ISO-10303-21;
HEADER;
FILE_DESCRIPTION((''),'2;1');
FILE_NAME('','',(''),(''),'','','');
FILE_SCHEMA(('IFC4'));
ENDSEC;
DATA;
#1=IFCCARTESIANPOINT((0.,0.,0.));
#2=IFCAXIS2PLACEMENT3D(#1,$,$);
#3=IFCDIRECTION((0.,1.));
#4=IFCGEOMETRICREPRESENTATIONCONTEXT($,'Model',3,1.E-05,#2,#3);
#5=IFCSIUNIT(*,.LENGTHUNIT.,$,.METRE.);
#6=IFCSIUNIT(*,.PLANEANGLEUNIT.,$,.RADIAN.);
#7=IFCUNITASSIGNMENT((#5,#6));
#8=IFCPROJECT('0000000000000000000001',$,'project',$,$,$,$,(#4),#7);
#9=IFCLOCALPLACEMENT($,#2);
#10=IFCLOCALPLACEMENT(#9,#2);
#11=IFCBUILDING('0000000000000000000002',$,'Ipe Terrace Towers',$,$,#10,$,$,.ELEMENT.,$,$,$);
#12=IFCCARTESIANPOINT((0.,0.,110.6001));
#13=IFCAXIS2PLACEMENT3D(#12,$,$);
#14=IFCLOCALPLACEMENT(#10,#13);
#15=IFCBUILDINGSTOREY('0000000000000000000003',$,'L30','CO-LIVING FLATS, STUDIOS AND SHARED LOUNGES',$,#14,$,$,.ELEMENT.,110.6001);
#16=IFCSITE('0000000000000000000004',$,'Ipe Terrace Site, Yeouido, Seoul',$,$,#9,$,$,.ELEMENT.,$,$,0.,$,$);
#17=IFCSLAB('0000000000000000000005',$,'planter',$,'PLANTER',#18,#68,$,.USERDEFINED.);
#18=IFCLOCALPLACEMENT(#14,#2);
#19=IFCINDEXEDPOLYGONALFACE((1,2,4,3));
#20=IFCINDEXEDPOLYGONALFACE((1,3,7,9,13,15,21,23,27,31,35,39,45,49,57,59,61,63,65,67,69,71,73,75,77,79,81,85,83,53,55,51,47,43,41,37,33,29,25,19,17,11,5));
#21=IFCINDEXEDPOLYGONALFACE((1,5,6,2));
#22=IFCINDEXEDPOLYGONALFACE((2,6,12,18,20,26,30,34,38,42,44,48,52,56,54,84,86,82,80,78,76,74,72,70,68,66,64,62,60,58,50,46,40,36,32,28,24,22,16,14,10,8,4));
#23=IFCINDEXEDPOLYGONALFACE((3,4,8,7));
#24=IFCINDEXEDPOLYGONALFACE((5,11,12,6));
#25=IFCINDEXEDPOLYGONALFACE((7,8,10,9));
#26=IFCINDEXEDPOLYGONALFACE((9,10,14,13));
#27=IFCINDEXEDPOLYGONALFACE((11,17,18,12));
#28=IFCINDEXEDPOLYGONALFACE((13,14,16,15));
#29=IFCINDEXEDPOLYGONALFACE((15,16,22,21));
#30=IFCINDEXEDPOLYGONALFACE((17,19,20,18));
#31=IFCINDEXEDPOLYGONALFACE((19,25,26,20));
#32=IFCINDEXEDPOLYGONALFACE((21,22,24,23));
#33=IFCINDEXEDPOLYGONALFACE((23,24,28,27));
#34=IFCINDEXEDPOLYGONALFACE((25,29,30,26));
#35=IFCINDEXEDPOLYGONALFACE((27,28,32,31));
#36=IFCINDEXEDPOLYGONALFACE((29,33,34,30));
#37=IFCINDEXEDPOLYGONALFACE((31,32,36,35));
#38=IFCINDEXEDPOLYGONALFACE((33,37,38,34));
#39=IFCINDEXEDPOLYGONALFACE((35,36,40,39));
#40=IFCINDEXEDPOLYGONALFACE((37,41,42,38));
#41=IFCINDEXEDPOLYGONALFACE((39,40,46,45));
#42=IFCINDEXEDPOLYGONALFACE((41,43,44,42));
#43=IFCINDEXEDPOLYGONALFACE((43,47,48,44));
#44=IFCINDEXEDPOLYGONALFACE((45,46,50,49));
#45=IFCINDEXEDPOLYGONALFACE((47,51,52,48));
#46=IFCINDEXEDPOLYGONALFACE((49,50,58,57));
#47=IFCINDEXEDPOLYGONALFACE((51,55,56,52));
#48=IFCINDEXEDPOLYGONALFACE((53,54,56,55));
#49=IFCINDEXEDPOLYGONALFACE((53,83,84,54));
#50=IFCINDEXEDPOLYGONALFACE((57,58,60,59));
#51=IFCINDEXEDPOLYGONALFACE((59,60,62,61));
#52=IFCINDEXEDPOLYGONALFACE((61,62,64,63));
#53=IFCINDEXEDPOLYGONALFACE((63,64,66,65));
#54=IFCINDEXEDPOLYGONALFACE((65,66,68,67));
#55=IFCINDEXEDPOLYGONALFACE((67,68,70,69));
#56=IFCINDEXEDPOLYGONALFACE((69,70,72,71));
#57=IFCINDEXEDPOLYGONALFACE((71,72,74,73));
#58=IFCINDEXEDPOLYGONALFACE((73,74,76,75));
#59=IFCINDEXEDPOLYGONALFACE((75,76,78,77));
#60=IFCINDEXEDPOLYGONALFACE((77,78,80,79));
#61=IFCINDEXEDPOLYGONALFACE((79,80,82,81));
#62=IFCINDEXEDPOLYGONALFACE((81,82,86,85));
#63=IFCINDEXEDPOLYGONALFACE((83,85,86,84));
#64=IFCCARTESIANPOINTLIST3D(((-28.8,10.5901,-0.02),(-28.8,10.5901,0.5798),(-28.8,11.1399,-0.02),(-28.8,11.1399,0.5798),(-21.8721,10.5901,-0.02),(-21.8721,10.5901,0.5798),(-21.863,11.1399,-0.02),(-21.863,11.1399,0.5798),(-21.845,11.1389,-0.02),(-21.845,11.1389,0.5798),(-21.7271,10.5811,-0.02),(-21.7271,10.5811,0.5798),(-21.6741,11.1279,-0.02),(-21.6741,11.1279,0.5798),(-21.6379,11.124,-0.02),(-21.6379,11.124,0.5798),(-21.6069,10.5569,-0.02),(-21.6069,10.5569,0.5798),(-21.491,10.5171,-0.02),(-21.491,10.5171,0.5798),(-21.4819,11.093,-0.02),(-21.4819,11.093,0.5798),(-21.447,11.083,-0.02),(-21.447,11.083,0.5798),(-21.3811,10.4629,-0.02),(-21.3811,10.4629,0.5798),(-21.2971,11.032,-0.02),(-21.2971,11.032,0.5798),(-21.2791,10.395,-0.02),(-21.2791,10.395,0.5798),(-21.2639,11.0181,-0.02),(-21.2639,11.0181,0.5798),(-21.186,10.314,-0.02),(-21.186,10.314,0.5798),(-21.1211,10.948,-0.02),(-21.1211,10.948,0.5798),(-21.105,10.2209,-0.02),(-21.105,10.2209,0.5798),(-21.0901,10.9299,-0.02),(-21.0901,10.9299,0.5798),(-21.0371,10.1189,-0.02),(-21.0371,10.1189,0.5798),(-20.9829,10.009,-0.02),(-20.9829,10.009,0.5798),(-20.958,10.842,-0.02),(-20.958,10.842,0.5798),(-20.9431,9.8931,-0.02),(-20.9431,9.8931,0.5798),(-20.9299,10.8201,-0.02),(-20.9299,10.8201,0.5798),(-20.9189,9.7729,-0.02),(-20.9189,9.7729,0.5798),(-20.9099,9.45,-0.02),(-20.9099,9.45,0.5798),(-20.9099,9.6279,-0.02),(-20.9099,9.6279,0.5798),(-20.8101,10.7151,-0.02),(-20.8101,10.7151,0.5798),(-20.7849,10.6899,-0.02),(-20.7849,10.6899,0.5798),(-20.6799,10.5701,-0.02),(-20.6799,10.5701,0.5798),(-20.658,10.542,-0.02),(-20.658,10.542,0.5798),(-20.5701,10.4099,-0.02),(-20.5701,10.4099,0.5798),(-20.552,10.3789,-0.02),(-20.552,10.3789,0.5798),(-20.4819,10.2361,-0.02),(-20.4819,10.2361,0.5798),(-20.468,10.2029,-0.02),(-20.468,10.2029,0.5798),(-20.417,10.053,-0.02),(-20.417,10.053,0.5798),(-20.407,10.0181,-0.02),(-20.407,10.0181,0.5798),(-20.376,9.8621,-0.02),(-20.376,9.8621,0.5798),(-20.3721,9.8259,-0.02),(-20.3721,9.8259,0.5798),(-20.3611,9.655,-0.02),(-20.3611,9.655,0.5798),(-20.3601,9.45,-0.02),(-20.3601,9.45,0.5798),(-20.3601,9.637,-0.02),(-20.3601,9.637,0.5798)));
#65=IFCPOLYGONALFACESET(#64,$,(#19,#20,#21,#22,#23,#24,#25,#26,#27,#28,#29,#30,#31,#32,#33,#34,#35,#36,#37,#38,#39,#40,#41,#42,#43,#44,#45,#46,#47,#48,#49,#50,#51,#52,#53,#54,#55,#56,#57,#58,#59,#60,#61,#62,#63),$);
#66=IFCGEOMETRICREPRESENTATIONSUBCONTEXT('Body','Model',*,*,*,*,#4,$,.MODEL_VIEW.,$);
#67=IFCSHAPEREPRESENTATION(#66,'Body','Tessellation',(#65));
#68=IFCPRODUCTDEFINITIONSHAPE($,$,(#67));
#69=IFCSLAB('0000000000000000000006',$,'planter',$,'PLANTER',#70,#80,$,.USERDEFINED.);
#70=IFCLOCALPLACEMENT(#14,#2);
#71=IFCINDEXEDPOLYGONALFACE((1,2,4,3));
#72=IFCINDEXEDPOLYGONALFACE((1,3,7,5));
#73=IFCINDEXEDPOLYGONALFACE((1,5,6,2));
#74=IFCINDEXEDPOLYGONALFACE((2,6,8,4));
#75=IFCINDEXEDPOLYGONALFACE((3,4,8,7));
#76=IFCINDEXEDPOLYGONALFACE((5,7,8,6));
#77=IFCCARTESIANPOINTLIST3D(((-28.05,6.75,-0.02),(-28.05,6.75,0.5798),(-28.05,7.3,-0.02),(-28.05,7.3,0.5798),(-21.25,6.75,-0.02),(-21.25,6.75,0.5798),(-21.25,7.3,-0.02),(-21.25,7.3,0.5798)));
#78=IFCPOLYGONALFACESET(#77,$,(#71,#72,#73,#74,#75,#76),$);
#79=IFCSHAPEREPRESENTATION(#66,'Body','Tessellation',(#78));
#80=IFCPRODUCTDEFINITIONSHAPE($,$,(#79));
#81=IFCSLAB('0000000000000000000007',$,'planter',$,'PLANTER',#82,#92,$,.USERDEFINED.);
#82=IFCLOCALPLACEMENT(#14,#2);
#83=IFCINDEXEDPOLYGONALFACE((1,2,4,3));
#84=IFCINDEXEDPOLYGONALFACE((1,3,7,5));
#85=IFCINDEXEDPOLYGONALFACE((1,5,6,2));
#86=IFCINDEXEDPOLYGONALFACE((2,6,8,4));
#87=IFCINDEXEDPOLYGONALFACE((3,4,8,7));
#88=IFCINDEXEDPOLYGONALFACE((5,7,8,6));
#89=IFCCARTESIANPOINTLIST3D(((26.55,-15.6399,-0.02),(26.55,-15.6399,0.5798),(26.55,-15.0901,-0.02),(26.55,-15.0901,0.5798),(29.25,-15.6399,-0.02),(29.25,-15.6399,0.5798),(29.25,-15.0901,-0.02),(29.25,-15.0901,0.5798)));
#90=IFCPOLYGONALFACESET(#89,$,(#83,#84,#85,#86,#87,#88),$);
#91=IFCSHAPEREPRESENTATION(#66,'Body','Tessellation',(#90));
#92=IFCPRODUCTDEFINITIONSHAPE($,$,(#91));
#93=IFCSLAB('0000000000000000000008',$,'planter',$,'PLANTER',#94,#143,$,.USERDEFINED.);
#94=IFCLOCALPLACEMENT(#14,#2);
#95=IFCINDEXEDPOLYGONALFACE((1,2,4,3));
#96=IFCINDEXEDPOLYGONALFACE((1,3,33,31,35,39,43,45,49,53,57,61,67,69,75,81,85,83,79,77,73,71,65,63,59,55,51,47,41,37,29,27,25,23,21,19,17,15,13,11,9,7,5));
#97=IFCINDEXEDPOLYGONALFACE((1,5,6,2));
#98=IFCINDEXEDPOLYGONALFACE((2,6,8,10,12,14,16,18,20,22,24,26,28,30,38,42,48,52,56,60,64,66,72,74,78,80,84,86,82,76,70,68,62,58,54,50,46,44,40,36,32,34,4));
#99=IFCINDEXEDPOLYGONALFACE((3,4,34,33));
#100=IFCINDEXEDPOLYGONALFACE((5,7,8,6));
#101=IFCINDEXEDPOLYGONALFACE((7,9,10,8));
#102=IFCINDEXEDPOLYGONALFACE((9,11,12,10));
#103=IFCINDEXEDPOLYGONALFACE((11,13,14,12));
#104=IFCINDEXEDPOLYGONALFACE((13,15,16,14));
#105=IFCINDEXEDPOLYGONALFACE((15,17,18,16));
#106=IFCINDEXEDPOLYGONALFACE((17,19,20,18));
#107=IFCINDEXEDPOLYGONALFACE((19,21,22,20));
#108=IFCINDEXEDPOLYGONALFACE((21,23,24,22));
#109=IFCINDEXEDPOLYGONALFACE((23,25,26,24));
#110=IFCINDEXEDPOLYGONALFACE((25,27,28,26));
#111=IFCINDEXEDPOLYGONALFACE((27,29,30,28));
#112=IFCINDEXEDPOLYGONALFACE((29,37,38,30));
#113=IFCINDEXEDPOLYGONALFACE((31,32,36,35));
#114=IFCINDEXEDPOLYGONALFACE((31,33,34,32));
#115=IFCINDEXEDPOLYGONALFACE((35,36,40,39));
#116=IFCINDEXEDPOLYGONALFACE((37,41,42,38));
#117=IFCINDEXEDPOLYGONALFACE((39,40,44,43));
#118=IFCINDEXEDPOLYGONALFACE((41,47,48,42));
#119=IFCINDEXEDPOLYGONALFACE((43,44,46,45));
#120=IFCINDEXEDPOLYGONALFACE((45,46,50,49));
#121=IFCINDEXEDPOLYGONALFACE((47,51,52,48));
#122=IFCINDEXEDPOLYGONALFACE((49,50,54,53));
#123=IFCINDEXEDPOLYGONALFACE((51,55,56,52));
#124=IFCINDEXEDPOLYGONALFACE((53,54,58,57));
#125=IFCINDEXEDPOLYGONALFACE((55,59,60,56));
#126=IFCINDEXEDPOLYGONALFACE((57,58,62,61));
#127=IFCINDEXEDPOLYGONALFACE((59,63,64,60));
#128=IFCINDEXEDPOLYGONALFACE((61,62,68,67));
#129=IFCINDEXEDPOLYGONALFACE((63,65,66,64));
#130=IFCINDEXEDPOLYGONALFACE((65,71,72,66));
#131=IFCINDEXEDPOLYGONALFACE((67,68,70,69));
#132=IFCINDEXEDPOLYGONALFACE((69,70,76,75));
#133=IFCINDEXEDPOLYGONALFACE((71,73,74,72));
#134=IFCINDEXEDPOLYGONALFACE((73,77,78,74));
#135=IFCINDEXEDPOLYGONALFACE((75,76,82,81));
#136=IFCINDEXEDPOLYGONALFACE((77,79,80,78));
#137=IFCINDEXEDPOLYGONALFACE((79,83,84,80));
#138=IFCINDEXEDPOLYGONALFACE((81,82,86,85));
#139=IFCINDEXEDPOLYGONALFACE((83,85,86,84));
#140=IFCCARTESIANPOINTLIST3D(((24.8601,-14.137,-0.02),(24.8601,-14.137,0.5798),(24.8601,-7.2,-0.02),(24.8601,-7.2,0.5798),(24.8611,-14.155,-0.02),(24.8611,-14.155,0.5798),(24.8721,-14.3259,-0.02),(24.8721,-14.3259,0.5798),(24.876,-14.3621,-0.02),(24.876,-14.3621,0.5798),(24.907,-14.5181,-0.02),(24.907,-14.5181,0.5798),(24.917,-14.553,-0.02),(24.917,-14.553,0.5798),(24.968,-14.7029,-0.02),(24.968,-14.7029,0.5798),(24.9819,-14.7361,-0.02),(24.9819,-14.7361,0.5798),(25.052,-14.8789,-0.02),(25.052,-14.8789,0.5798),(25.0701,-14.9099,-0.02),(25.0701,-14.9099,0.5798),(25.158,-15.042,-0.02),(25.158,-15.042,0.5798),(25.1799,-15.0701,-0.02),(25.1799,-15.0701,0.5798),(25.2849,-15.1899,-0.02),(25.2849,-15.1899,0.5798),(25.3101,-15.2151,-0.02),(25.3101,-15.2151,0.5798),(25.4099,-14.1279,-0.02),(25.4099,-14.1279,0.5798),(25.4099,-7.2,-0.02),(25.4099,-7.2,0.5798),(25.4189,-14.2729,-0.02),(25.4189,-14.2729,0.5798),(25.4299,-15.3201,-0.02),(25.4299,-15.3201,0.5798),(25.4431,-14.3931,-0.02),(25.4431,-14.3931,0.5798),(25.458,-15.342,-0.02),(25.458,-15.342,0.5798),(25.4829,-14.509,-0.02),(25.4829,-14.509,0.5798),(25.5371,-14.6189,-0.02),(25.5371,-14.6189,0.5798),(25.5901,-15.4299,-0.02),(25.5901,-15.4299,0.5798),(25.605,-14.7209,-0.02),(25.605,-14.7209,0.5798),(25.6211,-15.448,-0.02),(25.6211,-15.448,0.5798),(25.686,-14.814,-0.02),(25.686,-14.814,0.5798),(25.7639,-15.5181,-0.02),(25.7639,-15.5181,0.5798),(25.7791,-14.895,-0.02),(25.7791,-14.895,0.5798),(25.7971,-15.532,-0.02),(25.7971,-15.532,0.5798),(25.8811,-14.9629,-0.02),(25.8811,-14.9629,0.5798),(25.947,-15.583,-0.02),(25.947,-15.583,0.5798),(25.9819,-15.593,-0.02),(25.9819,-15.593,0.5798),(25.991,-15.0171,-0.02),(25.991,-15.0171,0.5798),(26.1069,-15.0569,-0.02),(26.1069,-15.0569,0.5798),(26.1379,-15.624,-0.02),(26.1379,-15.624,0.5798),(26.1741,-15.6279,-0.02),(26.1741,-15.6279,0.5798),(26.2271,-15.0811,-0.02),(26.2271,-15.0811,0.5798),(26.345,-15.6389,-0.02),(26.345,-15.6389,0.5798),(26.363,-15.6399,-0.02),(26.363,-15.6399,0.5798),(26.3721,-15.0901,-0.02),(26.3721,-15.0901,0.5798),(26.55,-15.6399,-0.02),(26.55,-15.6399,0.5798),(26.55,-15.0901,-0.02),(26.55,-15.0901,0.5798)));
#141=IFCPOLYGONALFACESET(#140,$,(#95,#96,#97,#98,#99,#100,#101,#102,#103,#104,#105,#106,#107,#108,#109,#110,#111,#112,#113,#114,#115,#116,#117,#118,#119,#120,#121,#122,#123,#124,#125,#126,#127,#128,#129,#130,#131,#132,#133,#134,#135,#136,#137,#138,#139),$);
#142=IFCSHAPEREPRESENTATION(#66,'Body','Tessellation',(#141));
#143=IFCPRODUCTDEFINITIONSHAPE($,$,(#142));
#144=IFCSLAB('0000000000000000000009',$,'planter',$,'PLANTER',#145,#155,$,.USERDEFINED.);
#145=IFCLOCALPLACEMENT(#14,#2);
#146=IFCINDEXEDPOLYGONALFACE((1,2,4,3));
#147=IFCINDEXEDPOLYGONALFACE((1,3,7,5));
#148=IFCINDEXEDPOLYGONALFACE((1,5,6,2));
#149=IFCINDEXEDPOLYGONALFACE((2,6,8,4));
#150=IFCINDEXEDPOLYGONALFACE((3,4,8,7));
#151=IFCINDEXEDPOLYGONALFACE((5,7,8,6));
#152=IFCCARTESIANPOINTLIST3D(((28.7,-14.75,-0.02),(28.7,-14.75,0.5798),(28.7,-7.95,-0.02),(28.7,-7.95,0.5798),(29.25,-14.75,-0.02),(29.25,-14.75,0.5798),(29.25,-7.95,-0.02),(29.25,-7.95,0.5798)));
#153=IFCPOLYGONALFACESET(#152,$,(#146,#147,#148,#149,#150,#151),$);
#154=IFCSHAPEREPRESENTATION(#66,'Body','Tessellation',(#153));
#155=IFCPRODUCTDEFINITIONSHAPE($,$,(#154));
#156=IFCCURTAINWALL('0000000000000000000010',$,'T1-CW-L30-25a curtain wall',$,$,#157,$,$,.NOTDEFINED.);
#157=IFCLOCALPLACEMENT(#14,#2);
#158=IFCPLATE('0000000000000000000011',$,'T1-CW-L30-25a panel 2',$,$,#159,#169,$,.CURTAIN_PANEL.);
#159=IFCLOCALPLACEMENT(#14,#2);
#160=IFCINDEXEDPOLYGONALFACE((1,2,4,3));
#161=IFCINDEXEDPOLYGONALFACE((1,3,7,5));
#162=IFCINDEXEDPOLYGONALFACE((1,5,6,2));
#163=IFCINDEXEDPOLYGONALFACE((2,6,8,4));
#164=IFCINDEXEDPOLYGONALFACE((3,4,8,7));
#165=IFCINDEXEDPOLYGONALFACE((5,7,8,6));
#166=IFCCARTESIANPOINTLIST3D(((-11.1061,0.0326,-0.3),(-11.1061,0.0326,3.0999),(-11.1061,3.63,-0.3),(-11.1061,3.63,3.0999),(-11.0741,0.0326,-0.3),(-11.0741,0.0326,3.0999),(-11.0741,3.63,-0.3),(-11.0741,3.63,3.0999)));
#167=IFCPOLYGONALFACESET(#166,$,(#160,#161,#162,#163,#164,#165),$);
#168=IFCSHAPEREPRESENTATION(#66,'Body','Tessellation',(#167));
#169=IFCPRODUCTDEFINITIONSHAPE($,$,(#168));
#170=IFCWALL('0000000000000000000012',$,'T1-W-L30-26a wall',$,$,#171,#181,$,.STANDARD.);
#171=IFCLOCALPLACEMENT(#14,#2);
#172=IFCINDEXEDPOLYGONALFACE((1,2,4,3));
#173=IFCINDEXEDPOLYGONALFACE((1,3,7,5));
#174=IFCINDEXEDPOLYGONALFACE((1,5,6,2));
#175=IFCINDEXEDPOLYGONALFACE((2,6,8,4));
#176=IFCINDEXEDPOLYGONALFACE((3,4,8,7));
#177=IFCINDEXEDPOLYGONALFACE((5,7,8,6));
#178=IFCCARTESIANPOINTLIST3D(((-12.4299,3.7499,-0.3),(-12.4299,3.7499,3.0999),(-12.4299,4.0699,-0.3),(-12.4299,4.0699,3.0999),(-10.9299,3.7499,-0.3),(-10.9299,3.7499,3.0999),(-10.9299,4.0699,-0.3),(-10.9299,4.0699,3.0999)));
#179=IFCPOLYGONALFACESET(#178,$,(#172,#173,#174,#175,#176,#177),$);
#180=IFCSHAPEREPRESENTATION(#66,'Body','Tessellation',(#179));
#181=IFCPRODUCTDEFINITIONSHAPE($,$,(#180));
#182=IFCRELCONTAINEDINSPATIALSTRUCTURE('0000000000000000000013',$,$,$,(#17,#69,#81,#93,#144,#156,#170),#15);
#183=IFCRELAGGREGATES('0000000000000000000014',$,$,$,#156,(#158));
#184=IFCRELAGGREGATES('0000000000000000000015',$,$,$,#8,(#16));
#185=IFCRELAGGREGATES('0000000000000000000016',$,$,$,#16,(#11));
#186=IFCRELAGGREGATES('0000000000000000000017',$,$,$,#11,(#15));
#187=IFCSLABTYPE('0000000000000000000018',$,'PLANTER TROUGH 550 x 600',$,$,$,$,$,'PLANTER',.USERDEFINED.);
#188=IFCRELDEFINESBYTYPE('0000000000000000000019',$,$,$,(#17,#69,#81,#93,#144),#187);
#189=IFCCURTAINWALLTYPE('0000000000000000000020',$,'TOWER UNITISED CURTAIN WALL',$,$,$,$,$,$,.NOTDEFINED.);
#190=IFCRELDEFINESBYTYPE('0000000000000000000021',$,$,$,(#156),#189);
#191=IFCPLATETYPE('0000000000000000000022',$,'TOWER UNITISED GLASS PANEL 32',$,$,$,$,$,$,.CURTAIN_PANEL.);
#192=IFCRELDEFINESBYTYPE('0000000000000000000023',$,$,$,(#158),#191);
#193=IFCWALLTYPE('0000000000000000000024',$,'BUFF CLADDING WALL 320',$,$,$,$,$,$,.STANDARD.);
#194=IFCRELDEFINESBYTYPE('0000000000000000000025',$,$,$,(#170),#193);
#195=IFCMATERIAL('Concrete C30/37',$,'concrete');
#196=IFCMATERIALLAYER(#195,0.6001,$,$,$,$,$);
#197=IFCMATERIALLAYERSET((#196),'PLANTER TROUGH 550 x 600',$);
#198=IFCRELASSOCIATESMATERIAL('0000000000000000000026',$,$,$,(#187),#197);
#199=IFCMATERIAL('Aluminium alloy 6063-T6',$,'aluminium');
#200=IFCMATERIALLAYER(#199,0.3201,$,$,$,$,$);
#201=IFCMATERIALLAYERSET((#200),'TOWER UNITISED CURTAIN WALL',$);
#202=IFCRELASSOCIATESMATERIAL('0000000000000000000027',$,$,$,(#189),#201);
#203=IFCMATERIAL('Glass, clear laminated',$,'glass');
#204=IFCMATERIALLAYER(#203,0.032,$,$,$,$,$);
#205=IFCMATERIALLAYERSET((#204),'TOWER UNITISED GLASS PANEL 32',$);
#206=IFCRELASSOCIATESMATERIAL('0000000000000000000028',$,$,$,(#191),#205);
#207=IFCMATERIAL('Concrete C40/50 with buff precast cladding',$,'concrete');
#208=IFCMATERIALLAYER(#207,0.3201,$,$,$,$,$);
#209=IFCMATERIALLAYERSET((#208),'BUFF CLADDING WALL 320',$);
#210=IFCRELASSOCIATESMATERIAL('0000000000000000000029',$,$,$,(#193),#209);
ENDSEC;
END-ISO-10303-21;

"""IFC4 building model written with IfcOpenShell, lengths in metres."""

from ifc_helpers import new_model, si_unit, direction, frame, frame_2d, origin, origin_2d, place, context, subcontext, project, spatial, polyline, rectangle, outline, extrude, material, layer, layer_set, type_object, element, aggregate, save


model = new_model("IFC4")

# Units and contexts
model_context = context("Model", 3, precision=1e-05, world=origin(), true_north=direction((0.0, 1.0)))
body_context = subcontext(model_context, "Body", "Model", "MODEL_VIEW")
ifc_project = project(units=[si_unit("LENGTHUNIT", "METRE"), si_unit("PLANEANGLEUNIT", "RADIAN")], contexts=[model_context])

# Site, building, storey
site_placement = place(None, origin())
site = spatial("IfcSite", under=ifc_project, at=site_placement, Name="Ipe Terrace Site, Yeouido, Seoul", CompositionType="ELEMENT", RefElevation=0.0)
building_placement = place(site_placement, origin())
building = spatial("IfcBuilding", under=site, at=building_placement, Name="Ipe Terrace Towers", CompositionType="ELEMENT")
storey_placement = place(building_placement, frame((0.0, 0.0, 110.6001)))
storey = spatial("IfcBuildingStorey", under=building, at=storey_placement, Name="L30", Description="CO-LIVING FLATS, STUDIOS AND SHARED LOUNGES", CompositionType="ELEMENT", Elevation=110.6001)

# Slabs
ifc_material_1 = material(Name="Concrete C30/37", Category="concrete")
ifc_layer_1 = layer(ifc_material_1, 0.6001)
ifc_layer_set_1 = layer_set([ifc_layer_1], Name="PLANTER TROUGH 550 x 600")
slab_type_1 = type_object("IfcSlabType", Name="PLANTER TROUGH 550 x 600", ElementType="PLANTER", PredefinedType="USERDEFINED", material=ifc_layer_set_1)
slab_1_placement = place(storey_placement, frame((0.0, 0.0, -0.02)))
element("IfcSlab", 1, at=slab_1_placement, inside=storey, type_object=slab_type_1, Name="planter", ObjectType="PLANTER", PredefinedType="USERDEFINED", context=body_context, shape_type="SweptSolid", body=[
    extrude(outline(polyline([(-20.9431, 9.8931), (-20.9189, 9.7729), (-20.9099, 9.6279), (-20.9099, 9.45), (-20.3601, 9.45), (-20.3601, 9.637), (-20.3611, 9.655), (-20.3721, 9.8259), (-20.376, 9.8621), (-20.407, 10.0181), (-20.417, 10.053), (-20.468, 10.2029), (-20.4819, 10.2361), (-20.552, 10.3789), (-20.5701, 10.4099), (-20.658, 10.542), (-20.6799, 10.5701), (-20.7849, 10.6899), (-20.8101, 10.7151), (-20.9299, 10.8201), (-20.958, 10.842), (-21.0901, 10.9299), (-21.1211, 10.948), (-21.2639, 11.0181), (-21.2971, 11.032), (-21.447, 11.083), (-21.4819, 11.093), (-21.6379, 11.124), (-21.6741, 11.1279), (-21.845, 11.1389), (-21.863, 11.1399), (-28.8, 11.1399), (-28.8, 10.5901), (-21.8721, 10.5901), (-21.7271, 10.5811), (-21.6069, 10.5569), (-21.491, 10.5171), (-21.3811, 10.4629), (-21.2791, 10.395), (-21.186, 10.314), (-21.105, 10.2209), (-21.0371, 10.1189), (-20.9829, 10.009), (-20.9431, 9.8931)])), origin(), (0.0, 0.0, 1.0), 0.5999),
])
slab_2_placement = place(storey_placement, frame((0.0, 0.0, -0.02)))
element("IfcSlab", 2, at=slab_2_placement, inside=storey, type_object=slab_type_1, Name="planter", ObjectType="PLANTER", PredefinedType="USERDEFINED", context=body_context, shape_type="SweptSolid", body=[
    extrude(outline(polyline([(-28.05, 6.75), (-21.25, 6.75), (-21.25, 7.3), (-28.05, 7.3), (-28.05, 6.75)])), origin(), (0.0, 0.0, 1.0), 0.5999),
])
slab_3_placement = place(storey_placement, frame((0.0, 0.0, -0.02)))
element("IfcSlab", 3, at=slab_3_placement, inside=storey, type_object=slab_type_1, Name="planter", ObjectType="PLANTER", PredefinedType="USERDEFINED", context=body_context, shape_type="SweptSolid", body=[
    extrude(outline(polyline([(29.25, -15.6399), (29.25, -15.0901), (26.55, -15.0901), (26.55, -15.6399), (29.25, -15.6399)])), origin(), (0.0, 0.0, 1.0), 0.5999),
])
slab_4_placement = place(storey_placement, frame((0.0, 0.0, -0.02)))
element("IfcSlab", 4, at=slab_4_placement, inside=storey, type_object=slab_type_1, Name="planter", ObjectType="PLANTER", PredefinedType="USERDEFINED", context=body_context, shape_type="SweptSolid", body=[
    extrude(outline(polyline([(26.1069, -15.0569), (25.991, -15.0171), (25.8811, -14.9629), (25.7791, -14.895), (25.686, -14.814), (25.605, -14.7209), (25.5371, -14.6189), (25.4829, -14.509), (25.4431, -14.3931), (25.4189, -14.2729), (25.4099, -14.1279), (25.4099, -7.2), (24.8601, -7.2), (24.8601, -14.137), (24.8611, -14.155), (24.8721, -14.3259), (24.876, -14.3621), (24.907, -14.5181), (24.917, -14.553), (24.968, -14.7029), (24.9819, -14.7361), (25.052, -14.8789), (25.0701, -14.9099), (25.158, -15.042), (25.1799, -15.0701), (25.2849, -15.1899), (25.3101, -15.2151), (25.4299, -15.3201), (25.458, -15.342), (25.5901, -15.4299), (25.6211, -15.448), (25.7639, -15.5181), (25.7971, -15.532), (25.947, -15.583), (25.9819, -15.593), (26.1379, -15.624), (26.1741, -15.6279), (26.345, -15.6389), (26.363, -15.6399), (26.55, -15.6399), (26.55, -15.0901), (26.3721, -15.0901), (26.2271, -15.0811), (26.1069, -15.0569)])), origin(), (0.0, 0.0, 1.0), 0.5999),
])
slab_5_placement = place(storey_placement, frame((0.0, 0.0, -0.02)))
element("IfcSlab", 5, at=slab_5_placement, inside=storey, type_object=slab_type_1, Name="planter", ObjectType="PLANTER", PredefinedType="USERDEFINED", context=body_context, shape_type="SweptSolid", body=[
    extrude(outline(polyline([(29.25, -7.95), (28.7, -7.95), (28.7, -14.75), (29.25, -14.75), (29.25, -7.95)])), origin(), (0.0, 0.0, 1.0), 0.5999),
])

# Curtain wall, plate
ifc_material_2 = material(Name="Aluminium alloy 6063-T6", Category="aluminium")
ifc_layer_2 = layer(ifc_material_2, 0.3201)
ifc_layer_set_2 = layer_set([ifc_layer_2], Name="TOWER UNITISED CURTAIN WALL")
curtain_wall_type = type_object("IfcCurtainWallType", Name="TOWER UNITISED CURTAIN WALL", PredefinedType="NOTDEFINED", material=ifc_layer_set_2)
curtain_wall_placement = place(storey_placement, origin())
curtain_wall = element("IfcCurtainWall", 6, at=curtain_wall_placement, inside=storey, type_object=curtain_wall_type, Name="T1-CW-L30-25a curtain wall", PredefinedType="NOTDEFINED")
ifc_material_3 = material(Name="Glass, clear laminated", Category="glass")
ifc_layer_3 = layer(ifc_material_3, 0.032)
ifc_layer_set_3 = layer_set([ifc_layer_3], Name="TOWER UNITISED GLASS PANEL 32")
plate_type = type_object("IfcPlateType", Name="TOWER UNITISED GLASS PANEL 32", PredefinedType="CURTAIN_PANEL", material=ifc_layer_set_3)
plate_placement = place(storey_placement, frame((-11.0901, 1.8313, -0.3), z_axis=(0.0, 0.0, 1.0), x_axis=(0.0, 1.0, 0.0)))
plate = element("IfcPlate", 7, at=plate_placement, type_object=plate_type, Name="T1-CW-L30-25a panel 2", PredefinedType="CURTAIN_PANEL", context=body_context, shape_type="SweptSolid", body=[
    extrude(rectangle(XDim=3.5974, YDim=0.032, at=origin_2d()), origin(), (0.0, 0.0, 1.0), 3.3999),
])
aggregate(curtain_wall, [plate])

# Wall
ifc_material_4 = material(Name="Concrete C40/50 with buff precast cladding", Category="concrete")
ifc_layer_4 = layer(ifc_material_4, 0.3201)
ifc_layer_set_4 = layer_set([ifc_layer_4], Name="BUFF CLADDING WALL 320")
wall_type = type_object("IfcWallType", Name="BUFF CLADDING WALL 320", PredefinedType="STANDARD", material=ifc_layer_set_4)
wall_placement = place(storey_placement, frame((-10.9299, 3.9099, -0.3), z_axis=(0.0, 0.0, 1.0), x_axis=(-1.0, 0.0, 0.0)))
element("IfcWall", 8, at=wall_placement, inside=storey, type_object=wall_type, Name="T1-W-L30-26a wall", PredefinedType="STANDARD", context=body_context, shape_type="SweptSolid", body=[
    extrude(rectangle(XDim=1.5, YDim=0.3201, at=frame_2d((0.75, 0.0))), origin(), (0.0, 0.0, 1.0), 3.3999),
])

save(model, "model.ifc")
